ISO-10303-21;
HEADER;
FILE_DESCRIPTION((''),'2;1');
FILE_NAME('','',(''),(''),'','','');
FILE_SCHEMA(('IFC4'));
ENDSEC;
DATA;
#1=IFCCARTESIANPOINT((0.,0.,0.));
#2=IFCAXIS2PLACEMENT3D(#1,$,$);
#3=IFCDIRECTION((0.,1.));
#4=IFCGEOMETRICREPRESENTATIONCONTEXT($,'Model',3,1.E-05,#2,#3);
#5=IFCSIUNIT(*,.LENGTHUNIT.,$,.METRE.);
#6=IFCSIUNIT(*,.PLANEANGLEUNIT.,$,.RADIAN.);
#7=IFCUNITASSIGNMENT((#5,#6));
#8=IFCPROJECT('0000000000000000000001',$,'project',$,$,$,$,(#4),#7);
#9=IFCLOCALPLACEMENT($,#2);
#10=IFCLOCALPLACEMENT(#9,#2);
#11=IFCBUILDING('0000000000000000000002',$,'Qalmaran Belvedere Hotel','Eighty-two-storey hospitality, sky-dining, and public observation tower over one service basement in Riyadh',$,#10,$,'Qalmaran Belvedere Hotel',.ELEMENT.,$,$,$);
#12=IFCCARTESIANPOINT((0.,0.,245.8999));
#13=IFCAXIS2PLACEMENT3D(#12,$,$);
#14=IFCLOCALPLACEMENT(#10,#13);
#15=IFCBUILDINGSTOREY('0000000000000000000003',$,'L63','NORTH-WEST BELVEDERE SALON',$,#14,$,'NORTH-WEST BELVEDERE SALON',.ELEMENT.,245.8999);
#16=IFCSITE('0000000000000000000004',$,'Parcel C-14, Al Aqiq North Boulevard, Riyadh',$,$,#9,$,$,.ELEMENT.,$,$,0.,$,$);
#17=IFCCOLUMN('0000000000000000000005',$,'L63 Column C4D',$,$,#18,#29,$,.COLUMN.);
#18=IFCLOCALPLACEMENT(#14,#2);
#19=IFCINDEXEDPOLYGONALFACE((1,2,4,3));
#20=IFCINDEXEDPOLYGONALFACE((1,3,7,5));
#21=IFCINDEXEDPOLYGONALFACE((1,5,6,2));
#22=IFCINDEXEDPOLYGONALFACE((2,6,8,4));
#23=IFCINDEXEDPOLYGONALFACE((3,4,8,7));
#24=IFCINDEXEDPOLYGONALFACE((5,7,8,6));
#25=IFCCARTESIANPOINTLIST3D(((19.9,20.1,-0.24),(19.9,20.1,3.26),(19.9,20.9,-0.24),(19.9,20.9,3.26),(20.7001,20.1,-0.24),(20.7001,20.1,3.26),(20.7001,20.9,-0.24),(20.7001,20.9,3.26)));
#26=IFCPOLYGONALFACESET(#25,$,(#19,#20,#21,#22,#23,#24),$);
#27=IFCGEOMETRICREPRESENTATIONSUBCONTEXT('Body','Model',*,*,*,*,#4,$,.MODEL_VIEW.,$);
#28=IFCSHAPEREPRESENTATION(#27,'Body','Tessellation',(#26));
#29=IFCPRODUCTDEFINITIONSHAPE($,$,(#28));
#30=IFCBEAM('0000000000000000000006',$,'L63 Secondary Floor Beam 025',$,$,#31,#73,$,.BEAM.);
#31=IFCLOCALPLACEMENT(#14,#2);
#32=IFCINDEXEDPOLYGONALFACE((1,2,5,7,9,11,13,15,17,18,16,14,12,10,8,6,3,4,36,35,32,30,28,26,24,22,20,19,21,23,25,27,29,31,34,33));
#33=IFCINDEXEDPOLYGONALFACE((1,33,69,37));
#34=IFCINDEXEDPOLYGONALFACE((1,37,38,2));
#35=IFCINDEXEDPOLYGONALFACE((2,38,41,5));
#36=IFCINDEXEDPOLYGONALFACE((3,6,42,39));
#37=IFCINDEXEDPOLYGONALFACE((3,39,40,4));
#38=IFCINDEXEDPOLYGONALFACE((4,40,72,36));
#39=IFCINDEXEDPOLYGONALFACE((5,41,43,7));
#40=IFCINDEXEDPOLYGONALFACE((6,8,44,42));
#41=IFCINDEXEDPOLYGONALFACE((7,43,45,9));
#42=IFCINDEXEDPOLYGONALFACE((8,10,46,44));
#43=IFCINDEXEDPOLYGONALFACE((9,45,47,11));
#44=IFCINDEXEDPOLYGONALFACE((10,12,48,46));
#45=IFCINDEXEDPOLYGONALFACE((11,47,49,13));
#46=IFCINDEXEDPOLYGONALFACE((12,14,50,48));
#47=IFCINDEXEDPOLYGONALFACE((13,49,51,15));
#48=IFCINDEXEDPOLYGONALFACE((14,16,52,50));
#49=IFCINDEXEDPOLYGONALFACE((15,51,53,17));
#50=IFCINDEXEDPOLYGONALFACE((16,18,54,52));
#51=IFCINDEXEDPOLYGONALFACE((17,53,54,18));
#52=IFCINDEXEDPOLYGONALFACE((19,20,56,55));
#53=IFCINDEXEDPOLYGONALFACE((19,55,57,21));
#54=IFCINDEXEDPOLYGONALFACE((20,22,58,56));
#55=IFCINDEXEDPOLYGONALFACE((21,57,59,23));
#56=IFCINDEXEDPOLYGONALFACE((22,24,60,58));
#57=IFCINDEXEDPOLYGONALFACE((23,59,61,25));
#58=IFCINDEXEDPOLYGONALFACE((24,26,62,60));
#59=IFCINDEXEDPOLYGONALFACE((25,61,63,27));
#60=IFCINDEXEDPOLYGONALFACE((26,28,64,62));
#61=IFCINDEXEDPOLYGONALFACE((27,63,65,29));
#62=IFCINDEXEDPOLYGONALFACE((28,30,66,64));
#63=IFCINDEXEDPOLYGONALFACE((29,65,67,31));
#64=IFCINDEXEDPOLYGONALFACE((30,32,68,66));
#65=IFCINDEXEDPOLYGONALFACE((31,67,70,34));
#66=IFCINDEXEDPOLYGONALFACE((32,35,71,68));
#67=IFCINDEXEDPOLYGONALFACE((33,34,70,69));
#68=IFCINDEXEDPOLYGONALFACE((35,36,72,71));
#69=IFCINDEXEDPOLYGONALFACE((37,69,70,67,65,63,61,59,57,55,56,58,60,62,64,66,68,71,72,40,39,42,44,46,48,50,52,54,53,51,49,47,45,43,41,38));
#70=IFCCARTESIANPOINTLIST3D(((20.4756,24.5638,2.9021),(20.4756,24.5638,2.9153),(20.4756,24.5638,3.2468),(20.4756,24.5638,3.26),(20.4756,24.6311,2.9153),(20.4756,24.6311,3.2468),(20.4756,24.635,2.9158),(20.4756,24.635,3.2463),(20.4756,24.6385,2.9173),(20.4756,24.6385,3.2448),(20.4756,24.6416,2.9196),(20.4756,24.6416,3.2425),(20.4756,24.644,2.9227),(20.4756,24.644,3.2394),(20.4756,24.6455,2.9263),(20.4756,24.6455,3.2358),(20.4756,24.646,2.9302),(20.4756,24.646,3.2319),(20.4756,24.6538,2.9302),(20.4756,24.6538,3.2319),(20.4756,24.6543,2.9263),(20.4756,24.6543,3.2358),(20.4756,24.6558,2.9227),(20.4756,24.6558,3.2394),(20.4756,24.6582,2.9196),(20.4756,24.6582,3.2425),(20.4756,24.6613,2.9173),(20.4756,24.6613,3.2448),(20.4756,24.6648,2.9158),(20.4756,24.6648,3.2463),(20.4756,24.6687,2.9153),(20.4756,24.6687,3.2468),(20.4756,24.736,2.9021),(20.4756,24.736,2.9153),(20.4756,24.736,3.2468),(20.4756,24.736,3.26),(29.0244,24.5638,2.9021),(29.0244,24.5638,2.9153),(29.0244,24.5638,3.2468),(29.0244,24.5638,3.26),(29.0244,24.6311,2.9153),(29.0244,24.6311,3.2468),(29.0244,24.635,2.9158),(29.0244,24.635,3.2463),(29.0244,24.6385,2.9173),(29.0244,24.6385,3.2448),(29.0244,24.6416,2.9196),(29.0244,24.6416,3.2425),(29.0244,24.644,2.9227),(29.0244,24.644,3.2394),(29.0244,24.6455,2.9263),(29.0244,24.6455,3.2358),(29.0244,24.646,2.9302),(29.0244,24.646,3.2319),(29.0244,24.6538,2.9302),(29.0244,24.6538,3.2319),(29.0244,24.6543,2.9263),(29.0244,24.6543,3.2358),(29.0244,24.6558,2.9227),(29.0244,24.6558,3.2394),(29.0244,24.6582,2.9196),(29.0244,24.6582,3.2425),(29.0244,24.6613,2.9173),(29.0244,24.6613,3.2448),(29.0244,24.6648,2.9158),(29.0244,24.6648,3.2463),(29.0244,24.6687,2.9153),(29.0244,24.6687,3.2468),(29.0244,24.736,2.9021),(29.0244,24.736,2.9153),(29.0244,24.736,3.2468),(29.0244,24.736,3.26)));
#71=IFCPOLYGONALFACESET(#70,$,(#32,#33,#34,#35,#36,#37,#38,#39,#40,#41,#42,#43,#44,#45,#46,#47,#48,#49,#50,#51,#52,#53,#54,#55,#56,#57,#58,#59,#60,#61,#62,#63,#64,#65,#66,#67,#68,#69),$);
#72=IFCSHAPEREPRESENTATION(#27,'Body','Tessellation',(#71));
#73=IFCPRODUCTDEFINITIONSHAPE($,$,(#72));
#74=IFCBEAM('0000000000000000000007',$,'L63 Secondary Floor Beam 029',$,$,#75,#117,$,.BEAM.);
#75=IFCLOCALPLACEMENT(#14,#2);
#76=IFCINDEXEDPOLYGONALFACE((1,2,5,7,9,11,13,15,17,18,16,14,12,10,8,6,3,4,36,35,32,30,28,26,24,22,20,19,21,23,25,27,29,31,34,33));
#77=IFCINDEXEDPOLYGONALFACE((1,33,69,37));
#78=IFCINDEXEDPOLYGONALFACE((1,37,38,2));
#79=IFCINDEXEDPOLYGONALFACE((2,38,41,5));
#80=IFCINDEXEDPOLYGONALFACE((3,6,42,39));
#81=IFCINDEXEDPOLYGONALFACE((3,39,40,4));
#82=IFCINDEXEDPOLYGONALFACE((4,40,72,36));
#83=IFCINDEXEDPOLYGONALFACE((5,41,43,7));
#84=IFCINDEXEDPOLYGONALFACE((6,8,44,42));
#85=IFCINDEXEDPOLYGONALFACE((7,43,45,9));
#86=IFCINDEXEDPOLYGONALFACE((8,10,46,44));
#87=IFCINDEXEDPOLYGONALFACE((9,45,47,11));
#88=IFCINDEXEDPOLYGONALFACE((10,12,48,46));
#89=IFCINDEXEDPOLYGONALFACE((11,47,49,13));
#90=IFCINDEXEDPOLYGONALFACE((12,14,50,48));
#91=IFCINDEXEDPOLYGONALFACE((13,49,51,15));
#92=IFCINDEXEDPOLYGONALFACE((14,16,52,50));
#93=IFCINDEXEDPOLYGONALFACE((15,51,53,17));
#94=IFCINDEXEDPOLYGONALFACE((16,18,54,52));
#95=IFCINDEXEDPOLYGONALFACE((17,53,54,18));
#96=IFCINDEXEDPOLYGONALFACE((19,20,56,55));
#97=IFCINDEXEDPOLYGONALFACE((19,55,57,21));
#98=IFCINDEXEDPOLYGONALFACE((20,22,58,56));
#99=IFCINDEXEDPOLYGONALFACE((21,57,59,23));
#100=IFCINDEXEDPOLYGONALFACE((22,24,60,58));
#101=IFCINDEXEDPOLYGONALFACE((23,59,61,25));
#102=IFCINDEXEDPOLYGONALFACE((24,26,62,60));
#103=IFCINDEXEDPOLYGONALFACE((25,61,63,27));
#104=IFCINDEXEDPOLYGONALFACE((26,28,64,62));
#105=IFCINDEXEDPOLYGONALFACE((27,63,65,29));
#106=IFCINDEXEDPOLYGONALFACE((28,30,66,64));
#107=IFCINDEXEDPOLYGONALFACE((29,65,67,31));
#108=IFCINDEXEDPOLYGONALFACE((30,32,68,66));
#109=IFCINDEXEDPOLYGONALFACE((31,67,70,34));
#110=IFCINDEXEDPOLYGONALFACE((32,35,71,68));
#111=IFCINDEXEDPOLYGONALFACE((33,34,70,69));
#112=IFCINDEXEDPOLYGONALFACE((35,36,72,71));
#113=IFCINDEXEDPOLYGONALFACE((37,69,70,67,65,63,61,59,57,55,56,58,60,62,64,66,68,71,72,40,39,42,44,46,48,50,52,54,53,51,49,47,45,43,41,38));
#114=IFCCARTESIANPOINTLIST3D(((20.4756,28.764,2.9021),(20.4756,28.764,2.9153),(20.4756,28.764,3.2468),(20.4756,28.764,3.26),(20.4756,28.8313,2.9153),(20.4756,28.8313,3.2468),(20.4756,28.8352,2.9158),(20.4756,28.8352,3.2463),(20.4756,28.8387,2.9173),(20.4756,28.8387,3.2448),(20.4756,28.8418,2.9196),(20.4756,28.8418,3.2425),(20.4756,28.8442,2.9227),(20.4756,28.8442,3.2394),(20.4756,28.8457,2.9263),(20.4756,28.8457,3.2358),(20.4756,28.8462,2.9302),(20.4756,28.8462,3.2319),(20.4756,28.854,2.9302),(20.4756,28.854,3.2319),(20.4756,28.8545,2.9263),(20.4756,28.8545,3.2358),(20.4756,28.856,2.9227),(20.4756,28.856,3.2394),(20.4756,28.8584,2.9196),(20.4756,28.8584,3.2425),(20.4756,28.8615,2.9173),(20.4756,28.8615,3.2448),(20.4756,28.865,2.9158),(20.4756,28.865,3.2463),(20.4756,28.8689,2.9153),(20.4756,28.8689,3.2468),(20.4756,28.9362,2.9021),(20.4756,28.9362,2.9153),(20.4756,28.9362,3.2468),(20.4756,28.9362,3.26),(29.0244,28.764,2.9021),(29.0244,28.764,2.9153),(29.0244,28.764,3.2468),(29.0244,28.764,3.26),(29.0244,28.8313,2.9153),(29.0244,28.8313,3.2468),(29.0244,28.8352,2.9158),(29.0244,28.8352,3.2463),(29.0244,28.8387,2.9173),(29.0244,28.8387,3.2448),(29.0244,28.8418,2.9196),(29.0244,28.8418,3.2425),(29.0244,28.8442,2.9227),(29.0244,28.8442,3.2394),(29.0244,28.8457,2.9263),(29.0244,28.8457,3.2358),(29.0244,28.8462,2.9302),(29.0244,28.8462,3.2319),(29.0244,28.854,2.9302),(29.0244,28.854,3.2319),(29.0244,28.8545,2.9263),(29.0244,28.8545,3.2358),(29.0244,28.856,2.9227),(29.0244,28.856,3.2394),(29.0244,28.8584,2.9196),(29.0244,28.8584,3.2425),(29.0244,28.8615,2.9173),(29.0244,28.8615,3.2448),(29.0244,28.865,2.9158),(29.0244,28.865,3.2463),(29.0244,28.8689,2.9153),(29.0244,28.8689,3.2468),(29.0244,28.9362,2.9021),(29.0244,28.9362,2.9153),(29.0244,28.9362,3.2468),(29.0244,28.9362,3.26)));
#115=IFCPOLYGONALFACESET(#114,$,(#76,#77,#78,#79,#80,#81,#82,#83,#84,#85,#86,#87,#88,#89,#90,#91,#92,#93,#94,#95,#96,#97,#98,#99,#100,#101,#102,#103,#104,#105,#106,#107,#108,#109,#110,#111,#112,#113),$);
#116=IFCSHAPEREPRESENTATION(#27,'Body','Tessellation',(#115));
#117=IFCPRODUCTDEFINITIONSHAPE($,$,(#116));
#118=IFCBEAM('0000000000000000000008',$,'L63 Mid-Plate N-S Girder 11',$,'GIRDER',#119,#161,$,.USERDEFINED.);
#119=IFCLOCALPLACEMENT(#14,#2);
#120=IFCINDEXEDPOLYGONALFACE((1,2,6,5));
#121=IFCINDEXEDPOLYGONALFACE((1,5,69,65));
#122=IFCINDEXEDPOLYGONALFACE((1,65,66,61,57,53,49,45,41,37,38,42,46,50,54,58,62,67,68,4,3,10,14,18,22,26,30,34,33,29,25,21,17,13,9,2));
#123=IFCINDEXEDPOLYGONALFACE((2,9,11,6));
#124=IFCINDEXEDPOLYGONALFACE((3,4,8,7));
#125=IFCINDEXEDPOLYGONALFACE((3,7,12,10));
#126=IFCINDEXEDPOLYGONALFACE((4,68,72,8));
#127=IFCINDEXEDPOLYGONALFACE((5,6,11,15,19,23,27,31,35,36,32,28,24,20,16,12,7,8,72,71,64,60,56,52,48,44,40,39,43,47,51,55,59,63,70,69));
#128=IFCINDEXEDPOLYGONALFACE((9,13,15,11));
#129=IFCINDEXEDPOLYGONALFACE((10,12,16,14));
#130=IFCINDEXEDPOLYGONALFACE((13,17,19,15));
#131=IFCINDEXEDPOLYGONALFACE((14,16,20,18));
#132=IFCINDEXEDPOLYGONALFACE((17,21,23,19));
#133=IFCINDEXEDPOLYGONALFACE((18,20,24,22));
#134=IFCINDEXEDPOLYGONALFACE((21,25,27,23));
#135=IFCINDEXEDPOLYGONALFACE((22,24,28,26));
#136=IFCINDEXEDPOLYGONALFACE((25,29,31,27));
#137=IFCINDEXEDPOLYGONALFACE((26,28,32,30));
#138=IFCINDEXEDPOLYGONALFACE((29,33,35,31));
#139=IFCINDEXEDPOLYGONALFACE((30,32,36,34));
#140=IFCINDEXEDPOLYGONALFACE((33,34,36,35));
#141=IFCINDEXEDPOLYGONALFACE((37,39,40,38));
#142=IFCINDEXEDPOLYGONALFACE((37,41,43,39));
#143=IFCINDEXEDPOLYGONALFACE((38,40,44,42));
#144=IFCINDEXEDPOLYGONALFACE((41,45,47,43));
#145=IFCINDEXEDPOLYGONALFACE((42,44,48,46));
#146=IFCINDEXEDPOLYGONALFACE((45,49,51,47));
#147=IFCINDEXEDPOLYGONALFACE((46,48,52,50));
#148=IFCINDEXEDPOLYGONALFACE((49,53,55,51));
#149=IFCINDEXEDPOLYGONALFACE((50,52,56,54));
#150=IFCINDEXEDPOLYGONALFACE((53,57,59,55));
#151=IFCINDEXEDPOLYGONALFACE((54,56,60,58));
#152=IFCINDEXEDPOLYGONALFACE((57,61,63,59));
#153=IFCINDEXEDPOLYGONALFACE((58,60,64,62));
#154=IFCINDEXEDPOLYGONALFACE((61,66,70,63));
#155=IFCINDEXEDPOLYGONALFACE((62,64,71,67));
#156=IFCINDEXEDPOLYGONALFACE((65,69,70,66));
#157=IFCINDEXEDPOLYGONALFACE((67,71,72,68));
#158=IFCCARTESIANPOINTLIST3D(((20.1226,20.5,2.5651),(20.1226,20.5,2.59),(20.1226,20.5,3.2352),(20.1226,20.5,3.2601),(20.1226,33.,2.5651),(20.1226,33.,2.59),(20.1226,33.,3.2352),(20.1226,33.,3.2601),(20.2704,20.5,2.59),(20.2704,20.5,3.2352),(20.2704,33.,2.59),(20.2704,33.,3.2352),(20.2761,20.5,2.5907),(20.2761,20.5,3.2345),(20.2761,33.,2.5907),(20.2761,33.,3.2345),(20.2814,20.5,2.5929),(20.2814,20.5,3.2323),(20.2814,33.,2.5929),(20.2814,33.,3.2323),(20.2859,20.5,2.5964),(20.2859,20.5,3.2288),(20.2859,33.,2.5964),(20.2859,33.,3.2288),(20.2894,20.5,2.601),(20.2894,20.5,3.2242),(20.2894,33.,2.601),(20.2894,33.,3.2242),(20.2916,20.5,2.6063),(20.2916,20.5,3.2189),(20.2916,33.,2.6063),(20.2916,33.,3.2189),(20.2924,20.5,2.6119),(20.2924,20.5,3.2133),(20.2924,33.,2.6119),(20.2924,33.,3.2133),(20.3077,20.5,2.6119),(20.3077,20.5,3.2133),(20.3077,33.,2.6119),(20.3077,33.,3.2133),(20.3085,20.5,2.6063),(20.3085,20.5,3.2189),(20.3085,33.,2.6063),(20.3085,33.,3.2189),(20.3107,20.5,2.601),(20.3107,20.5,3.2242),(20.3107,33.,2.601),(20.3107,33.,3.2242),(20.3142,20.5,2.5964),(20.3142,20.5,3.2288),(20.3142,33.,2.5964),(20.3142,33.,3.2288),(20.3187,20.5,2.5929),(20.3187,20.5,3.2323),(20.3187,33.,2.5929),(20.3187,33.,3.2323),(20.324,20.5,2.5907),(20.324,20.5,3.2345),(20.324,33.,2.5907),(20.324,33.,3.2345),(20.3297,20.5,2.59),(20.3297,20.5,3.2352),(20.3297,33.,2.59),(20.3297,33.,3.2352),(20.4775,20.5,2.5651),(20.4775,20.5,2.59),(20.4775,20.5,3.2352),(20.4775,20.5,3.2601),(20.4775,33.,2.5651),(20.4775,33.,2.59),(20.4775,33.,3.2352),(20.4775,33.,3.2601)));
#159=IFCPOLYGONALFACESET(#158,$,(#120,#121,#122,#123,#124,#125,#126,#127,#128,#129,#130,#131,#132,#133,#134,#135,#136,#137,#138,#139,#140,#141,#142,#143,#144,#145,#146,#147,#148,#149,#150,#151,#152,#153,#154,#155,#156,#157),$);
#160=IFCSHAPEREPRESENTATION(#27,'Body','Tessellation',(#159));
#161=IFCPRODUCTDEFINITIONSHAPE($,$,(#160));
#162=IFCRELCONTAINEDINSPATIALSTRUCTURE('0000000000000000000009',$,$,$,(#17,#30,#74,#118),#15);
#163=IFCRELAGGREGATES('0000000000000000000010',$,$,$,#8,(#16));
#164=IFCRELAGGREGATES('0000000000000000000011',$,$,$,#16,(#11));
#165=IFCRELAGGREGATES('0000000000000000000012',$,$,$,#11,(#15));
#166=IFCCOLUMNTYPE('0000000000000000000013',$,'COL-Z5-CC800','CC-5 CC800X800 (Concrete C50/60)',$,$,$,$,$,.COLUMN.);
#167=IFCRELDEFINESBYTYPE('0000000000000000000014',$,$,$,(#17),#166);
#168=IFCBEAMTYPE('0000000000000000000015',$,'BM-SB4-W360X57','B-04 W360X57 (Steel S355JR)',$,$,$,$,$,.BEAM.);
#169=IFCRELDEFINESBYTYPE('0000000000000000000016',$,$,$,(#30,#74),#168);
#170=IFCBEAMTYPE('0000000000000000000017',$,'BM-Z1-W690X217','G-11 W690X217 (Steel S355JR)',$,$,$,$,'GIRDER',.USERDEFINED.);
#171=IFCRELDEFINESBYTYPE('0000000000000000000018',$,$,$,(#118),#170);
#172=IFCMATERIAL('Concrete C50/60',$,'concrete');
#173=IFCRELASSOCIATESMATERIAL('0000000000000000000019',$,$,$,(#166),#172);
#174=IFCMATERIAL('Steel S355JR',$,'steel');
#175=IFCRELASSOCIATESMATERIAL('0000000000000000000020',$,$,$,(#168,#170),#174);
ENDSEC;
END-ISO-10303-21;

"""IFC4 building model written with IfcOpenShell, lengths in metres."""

from ifc_helpers import new_model, si_unit, direction, frame, origin, origin_2d, place, context, subcontext, project, spatial, rectangle, i_section, extrude, material, material_profile, profile_set, type_object, element, save


model = new_model("IFC4")

# Units and contexts
model_context = context("Model", 3, precision=1e-05, world=origin(), true_north=direction((0.0, 1.0)))
body_context = subcontext(model_context, "Body", "Model", "MODEL_VIEW")
ifc_project = project(units=[si_unit("LENGTHUNIT", "METRE"), si_unit("PLANEANGLEUNIT", "RADIAN")], contexts=[model_context])

# Site, building, storey
site_placement = place(None, origin())
site = spatial("IfcSite", under=ifc_project, at=site_placement, Name="Parcel C-14, Al Aqiq North Boulevard, Riyadh", CompositionType="ELEMENT", RefElevation=0.0)
building_placement = place(site_placement, origin())
building = spatial("IfcBuilding", under=site, at=building_placement, Name="Qalmaran Belvedere Hotel", Description="Eighty-two-storey hospitality, sky-dining, and public observation tower over one service basement in Riyadh", LongName="Qalmaran Belvedere Hotel", CompositionType="ELEMENT")
storey_placement = place(building_placement, frame((0.0, 0.0, 245.8999)))
storey = spatial("IfcBuildingStorey", under=building, at=storey_placement, Name="L63", Description="NORTH-WEST BELVEDERE SALON", LongName="NORTH-WEST BELVEDERE SALON", CompositionType="ELEMENT", Elevation=245.8999)

# Column
ifc_material_1 = material(Name="Concrete C50/60", Category="concrete")
ifc_material_profile_1 = material_profile(ifc_material_1, rectangle(XDim=0.8, YDim=0.8, at=origin_2d()), Name="CC800X800")
ifc_profile_set_1 = profile_set([ifc_material_profile_1], Name="Concrete C50/60")
column_type = type_object("IfcColumnType", Name="COL-Z5-CC800", Description="CC-5 CC800X800 (Concrete C50/60)", PredefinedType="COLUMN", material=ifc_profile_set_1)
column_placement = place(storey_placement, frame((20.3, 20.5, -0.24), z_axis=(0.0, 0.0, 1.0), x_axis=(1.0, 0.0, 0.0)))
element("IfcColumn", 1, at=column_placement, inside=storey, type_object=column_type, Name="L63 Column C4D", PredefinedType="COLUMN", context=body_context, shape_type="SweptSolid", body=[
    extrude(rectangle(XDim=0.8, YDim=0.8, at=origin_2d()), origin(), (0.0, 0.0, 1.0), 3.5),
])

# Beams
ifc_material_2 = material(Name="Steel S355JR", Category="steel")
ifc_material_profile_2 = material_profile(ifc_material_2, i_section(OverallWidth=0.1721, OverallDepth=0.3579, WebThickness=0.0078, FlangeThickness=0.0132, FilletRadius=0.0149, at=origin_2d()), Name="W360X57")
ifc_profile_set_2 = profile_set([ifc_material_profile_2], Name="Steel S355JR")
beam_type_1 = type_object("IfcBeamType", Name="BM-SB4-W360X57", Description="B-04 W360X57 (Steel S355JR)", PredefinedType="BEAM", material=ifc_profile_set_2)
for number, where, z_axis, x_axis, name in (
    (2, (20.4756, 24.6499, 3.0811), (1.0, 0.0, 0.0), (0.0, 1.0, 0.0), "L63 Secondary Floor Beam 025"),
    (3, (20.4756, 28.8501, 3.0811), (1.0, 0.0, 0.0), (0.0, 1.0, 0.0), "L63 Secondary Floor Beam 029"),
):
    element("IfcBeam", number, at=place(storey_placement, frame(where, z_axis=z_axis, x_axis=x_axis)), inside=storey, type_object=beam_type_1, Name=name, PredefinedType="BEAM", context=body_context, shape_type="SweptSolid", body=[
        extrude(i_section(OverallWidth=0.1721, OverallDepth=0.3579, WebThickness=0.0078, FlangeThickness=0.0132, FilletRadius=0.0149, at=origin_2d()), origin(), (0.0, 0.0, 1.0), 8.5488),
    ])
ifc_material_profile_3 = material_profile(ifc_material_2, i_section(OverallWidth=0.355, OverallDepth=0.6951, WebThickness=0.0154, FlangeThickness=0.0249, FilletRadius=0.022, at=origin_2d()), Name="W690X217")
ifc_profile_set_3 = profile_set([ifc_material_profile_3], Name="Steel S355JR")
beam_type_2 = type_object("IfcBeamType", Name="BM-Z1-W690X217", Description="G-11 W690X217 (Steel S355JR)", ElementType="GIRDER", PredefinedType="USERDEFINED", material=ifc_profile_set_3)
beam_1_placement = place(storey_placement, frame((20.3, 20.5, 2.9126), z_axis=(0.0, 1.0, 0.0), x_axis=(-1.0, 0.0, 0.0)))
element("IfcBeam", 4, at=beam_1_placement, inside=storey, type_object=beam_type_2, Name="L63 Mid-Plate N-S Girder 11", ObjectType="GIRDER", PredefinedType="USERDEFINED", context=body_context, shape_type="SweptSolid", body=[
    extrude(i_section(OverallWidth=0.355, OverallDepth=0.6951, WebThickness=0.0154, FlangeThickness=0.0249, FilletRadius=0.022, at=origin_2d()), origin(), (0.0, 0.0, 1.0), 12.5),
])

save(model, "model.ifc")
